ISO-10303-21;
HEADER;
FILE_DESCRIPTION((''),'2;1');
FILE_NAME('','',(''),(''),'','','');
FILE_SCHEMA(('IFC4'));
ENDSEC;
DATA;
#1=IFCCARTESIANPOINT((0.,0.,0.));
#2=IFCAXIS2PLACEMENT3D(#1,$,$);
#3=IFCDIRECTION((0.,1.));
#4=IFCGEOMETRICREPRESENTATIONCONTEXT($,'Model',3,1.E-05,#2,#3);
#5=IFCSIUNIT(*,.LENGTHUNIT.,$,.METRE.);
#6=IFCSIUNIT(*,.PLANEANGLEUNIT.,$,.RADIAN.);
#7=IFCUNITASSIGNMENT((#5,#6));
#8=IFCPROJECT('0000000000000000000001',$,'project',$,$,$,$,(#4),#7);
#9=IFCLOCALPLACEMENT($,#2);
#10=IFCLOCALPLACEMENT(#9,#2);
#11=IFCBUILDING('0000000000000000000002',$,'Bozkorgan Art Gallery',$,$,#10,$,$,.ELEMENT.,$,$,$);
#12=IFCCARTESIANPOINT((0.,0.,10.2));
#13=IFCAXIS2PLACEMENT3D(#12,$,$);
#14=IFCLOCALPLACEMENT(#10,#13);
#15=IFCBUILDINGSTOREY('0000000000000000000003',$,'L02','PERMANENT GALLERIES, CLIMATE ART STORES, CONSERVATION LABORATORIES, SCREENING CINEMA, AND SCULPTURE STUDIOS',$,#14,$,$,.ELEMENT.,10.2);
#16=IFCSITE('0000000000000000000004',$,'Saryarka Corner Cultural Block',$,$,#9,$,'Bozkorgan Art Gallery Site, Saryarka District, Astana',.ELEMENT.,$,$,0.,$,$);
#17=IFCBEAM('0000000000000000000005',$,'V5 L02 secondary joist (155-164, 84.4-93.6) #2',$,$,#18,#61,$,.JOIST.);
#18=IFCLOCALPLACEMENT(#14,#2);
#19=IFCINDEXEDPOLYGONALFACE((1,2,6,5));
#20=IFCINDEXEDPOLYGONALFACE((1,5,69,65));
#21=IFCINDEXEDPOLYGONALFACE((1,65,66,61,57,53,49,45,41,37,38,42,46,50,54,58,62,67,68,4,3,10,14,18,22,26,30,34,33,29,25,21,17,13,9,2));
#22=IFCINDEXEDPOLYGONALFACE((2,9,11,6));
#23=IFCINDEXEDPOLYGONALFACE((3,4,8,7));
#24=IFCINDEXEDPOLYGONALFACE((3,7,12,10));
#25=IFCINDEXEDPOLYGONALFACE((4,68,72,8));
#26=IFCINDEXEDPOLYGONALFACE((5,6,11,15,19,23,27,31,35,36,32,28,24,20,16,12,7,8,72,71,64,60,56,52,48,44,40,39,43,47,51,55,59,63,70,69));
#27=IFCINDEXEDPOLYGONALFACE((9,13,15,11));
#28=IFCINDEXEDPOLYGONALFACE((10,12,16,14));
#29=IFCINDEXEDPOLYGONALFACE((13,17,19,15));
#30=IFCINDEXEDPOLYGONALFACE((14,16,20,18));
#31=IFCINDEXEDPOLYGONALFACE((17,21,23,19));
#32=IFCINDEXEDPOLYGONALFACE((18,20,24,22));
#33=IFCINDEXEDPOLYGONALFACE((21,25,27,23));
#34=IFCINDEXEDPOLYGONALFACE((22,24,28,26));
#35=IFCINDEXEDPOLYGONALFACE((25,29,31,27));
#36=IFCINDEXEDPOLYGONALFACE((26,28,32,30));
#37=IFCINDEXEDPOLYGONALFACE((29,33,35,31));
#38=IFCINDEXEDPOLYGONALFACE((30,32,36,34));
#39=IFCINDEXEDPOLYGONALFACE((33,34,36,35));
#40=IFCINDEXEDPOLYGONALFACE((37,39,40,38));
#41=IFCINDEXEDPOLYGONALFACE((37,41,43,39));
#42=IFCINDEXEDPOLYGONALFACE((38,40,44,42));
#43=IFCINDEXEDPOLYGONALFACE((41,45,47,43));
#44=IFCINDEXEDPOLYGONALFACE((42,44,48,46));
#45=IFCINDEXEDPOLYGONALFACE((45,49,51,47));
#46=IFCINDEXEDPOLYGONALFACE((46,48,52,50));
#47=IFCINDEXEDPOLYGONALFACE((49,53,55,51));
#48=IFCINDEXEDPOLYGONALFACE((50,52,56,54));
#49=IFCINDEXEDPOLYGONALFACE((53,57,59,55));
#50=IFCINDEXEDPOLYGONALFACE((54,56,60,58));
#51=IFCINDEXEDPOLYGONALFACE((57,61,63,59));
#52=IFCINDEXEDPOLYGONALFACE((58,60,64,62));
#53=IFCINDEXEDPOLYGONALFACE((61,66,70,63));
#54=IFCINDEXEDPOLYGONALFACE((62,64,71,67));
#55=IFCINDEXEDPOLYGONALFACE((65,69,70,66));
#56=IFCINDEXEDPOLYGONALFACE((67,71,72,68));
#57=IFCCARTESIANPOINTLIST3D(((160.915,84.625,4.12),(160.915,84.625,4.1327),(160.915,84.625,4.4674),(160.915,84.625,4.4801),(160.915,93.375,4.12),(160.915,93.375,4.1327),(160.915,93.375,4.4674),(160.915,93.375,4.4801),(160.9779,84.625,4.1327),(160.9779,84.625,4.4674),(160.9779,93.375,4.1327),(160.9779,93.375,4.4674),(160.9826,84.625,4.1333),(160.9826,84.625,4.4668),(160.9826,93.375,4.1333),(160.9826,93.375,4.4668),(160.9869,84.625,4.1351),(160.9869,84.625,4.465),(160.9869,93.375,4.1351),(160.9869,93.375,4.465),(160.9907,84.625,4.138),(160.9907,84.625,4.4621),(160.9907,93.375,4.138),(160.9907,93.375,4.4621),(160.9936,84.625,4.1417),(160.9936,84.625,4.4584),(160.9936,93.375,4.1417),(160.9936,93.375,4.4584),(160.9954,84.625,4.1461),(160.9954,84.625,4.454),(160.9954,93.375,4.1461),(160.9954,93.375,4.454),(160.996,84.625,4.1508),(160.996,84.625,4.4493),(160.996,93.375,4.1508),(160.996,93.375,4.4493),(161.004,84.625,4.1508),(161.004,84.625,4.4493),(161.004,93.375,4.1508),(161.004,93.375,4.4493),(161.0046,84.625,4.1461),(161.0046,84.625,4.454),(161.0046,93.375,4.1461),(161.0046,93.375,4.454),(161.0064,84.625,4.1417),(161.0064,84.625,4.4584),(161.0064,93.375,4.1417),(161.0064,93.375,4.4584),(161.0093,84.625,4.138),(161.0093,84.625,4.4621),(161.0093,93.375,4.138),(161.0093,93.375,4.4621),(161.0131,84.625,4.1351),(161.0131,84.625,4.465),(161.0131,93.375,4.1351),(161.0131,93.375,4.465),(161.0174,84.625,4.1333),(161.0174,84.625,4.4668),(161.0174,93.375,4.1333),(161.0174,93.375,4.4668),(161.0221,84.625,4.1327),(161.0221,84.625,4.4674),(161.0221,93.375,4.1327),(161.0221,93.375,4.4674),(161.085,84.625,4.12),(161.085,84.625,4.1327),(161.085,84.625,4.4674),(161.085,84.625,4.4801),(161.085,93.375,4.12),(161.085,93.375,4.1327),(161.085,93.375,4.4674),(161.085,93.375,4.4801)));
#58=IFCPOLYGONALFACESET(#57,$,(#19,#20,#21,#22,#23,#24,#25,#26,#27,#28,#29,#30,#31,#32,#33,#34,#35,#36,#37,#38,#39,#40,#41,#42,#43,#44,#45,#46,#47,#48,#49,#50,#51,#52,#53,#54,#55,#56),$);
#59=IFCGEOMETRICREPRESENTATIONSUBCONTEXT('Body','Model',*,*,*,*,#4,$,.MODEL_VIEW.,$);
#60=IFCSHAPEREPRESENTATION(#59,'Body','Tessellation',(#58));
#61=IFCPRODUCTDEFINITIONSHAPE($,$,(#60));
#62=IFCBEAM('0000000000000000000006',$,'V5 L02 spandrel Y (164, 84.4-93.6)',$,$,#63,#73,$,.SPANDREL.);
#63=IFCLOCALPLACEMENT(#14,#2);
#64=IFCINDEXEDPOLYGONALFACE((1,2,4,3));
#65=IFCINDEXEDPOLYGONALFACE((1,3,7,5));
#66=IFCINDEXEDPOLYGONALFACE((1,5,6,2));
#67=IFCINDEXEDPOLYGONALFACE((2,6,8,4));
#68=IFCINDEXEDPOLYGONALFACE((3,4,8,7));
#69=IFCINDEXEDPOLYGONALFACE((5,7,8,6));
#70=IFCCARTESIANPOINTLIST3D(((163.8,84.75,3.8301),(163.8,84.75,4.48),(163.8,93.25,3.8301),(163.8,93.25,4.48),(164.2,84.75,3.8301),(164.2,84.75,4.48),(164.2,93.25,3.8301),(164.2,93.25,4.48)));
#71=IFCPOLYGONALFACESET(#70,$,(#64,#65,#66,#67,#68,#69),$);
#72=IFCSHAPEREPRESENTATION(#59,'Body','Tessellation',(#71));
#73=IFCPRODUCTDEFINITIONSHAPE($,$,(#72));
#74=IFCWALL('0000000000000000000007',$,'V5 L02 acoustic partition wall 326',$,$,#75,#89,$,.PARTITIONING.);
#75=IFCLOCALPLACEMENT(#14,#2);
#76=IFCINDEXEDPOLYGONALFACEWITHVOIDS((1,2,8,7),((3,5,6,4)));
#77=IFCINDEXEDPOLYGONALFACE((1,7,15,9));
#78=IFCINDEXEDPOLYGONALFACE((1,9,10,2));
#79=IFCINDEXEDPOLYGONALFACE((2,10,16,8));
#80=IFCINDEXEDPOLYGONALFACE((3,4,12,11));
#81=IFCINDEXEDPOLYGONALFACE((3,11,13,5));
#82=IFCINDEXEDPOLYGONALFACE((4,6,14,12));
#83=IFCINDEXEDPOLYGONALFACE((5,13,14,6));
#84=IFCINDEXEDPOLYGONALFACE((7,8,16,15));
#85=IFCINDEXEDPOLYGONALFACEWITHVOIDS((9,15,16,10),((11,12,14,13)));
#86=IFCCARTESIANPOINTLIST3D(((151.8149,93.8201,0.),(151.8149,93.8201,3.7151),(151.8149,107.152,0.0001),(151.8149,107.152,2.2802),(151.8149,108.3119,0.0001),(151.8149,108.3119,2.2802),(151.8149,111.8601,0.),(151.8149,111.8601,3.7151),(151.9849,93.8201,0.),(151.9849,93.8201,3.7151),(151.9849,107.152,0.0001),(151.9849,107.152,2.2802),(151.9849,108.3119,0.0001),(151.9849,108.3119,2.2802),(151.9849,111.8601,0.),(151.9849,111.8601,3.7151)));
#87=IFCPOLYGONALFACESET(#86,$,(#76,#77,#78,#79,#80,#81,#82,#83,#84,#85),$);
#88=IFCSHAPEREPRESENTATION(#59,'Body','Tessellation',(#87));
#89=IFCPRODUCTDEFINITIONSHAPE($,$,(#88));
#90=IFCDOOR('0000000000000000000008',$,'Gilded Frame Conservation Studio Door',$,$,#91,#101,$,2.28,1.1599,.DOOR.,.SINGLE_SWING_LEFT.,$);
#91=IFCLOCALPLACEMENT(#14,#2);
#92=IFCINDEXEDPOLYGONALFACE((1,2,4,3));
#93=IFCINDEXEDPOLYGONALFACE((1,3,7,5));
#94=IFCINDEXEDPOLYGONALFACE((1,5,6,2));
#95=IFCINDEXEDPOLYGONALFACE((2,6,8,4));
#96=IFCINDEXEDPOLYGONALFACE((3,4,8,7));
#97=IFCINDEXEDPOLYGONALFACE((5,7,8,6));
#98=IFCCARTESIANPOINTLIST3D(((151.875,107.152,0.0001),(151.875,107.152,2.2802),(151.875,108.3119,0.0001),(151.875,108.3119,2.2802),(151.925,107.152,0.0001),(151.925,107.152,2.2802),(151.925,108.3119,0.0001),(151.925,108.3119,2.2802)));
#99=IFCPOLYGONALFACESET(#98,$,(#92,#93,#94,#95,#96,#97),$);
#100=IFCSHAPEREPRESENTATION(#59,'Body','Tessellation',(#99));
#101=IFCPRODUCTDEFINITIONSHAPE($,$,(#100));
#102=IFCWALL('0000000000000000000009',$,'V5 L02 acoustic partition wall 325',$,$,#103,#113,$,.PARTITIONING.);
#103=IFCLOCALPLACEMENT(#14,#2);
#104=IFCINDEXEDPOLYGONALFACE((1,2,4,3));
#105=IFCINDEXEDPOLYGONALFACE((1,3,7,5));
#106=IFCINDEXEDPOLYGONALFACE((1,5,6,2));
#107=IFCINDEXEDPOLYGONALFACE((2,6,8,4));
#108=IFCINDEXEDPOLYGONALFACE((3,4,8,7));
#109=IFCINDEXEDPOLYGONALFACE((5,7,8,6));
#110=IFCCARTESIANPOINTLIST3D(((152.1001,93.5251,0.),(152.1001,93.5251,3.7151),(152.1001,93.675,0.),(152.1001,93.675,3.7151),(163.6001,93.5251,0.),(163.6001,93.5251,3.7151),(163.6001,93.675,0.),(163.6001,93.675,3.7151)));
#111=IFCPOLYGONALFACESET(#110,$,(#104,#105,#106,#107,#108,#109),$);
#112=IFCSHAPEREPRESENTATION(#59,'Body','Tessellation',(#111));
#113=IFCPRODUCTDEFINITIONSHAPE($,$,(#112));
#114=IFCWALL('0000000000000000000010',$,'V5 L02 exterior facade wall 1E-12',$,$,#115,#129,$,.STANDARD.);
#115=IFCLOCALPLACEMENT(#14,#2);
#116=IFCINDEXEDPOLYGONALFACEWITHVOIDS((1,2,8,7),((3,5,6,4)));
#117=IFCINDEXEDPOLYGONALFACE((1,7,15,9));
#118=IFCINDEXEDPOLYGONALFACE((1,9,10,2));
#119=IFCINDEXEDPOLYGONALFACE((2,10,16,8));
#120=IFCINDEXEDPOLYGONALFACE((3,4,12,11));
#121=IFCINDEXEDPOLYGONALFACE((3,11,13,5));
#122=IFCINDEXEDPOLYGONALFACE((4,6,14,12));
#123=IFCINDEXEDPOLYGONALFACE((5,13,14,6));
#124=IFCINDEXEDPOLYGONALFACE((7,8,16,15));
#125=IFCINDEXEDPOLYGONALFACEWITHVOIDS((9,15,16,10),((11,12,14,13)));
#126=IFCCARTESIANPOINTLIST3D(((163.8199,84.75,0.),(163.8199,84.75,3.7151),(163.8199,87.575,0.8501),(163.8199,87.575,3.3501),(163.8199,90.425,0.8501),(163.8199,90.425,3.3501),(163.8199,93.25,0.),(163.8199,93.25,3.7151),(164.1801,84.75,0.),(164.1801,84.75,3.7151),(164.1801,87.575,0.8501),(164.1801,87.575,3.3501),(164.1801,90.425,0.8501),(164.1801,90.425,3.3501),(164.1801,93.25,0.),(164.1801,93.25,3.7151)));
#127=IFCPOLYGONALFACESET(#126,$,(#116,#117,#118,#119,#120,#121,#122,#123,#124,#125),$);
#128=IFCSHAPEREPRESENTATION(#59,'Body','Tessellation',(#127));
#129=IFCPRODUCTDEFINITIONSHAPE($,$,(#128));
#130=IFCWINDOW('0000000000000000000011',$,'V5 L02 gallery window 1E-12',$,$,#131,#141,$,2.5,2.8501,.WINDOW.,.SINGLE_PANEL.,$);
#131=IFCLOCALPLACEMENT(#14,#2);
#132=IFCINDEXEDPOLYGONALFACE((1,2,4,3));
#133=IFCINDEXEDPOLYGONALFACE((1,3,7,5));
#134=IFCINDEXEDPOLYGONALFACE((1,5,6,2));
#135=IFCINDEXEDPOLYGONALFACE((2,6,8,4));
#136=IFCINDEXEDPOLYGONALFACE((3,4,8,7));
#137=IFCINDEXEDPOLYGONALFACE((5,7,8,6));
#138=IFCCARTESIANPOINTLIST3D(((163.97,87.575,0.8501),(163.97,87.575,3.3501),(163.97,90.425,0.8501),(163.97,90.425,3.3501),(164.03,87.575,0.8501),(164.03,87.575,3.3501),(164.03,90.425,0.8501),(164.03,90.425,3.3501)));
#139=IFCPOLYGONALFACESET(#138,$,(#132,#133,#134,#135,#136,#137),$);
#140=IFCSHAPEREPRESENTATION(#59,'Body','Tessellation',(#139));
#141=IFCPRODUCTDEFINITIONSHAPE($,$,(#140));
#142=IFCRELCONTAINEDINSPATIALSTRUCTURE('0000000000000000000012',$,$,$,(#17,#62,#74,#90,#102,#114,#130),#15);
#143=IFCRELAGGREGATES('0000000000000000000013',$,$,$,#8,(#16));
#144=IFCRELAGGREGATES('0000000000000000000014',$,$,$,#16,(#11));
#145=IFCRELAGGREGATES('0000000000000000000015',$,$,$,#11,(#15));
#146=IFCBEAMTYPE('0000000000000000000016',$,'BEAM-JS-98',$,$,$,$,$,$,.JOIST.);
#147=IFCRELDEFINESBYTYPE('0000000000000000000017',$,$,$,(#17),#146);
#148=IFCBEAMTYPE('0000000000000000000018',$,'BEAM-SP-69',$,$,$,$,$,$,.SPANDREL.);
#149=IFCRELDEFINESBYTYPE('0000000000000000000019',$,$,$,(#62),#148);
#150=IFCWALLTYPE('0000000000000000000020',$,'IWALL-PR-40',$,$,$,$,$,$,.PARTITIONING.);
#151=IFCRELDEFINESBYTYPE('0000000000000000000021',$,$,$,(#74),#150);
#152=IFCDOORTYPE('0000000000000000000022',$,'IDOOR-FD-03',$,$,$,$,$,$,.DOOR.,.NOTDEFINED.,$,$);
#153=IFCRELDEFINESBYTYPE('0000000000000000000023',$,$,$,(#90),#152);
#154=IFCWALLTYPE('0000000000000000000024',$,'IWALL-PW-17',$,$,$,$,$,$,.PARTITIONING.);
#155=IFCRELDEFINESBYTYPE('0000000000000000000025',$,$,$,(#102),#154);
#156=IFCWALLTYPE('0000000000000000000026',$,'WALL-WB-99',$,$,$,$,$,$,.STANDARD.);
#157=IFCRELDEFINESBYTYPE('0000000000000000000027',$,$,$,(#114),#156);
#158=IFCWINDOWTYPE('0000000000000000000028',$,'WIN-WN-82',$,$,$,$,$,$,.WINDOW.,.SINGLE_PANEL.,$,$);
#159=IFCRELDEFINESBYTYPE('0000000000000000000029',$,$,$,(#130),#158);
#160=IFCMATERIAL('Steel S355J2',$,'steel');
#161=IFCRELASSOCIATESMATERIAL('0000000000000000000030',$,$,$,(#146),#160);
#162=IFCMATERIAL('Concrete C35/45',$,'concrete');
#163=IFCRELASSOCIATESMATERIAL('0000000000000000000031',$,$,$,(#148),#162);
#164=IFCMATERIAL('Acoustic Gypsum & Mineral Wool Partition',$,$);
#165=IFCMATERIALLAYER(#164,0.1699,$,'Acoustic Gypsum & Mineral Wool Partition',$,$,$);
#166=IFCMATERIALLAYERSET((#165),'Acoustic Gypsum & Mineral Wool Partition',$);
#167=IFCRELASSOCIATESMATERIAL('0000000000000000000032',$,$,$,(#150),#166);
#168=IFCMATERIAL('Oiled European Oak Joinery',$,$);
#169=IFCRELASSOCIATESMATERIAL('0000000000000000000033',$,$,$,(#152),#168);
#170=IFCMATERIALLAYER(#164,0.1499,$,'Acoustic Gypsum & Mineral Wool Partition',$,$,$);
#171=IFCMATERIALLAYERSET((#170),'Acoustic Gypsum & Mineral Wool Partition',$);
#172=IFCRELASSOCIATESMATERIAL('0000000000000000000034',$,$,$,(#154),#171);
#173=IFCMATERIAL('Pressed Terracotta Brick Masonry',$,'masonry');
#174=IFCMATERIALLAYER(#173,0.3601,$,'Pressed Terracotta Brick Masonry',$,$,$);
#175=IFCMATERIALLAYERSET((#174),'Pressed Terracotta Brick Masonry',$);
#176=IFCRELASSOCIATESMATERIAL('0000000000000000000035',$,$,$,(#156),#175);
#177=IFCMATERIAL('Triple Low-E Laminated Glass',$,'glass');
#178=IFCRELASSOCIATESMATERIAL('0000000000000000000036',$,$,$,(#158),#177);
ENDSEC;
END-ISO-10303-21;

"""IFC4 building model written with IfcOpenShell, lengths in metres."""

from ifc_helpers import new_model, si_unit, direction, frame, frame_2d, origin, origin_2d, place, context, subcontext, project, spatial, rectangle, i_section, extrude, material, layer, layer_set, material_profile, profile_set, type_object, element, fill, save


model = new_model("IFC4")

# Units and contexts
model_context = context("Model", 3, precision=1e-05, world=origin(), true_north=direction((0.0, 1.0)))
body_context = subcontext(model_context, "Body", "Model", "MODEL_VIEW")
ifc_project = project(units=[si_unit("LENGTHUNIT", "METRE"), si_unit("PLANEANGLEUNIT", "RADIAN")], contexts=[model_context])

# Site, building, storey
site_placement = place(None, origin())
site = spatial("IfcSite", under=ifc_project, at=site_placement, Name="Saryarka Corner Cultural Block", LongName="Bozkorgan Art Gallery Site, Saryarka District, Astana", CompositionType="ELEMENT", RefElevation=0.0)
building_placement = place(site_placement, origin())
building = spatial("IfcBuilding", under=site, at=building_placement, Name="Bozkorgan Art Gallery", CompositionType="ELEMENT")
storey_placement = place(building_placement, frame((0.0, 0.0, 10.2)))
storey = spatial("IfcBuildingStorey", under=building, at=storey_placement, Name="L02", Description="PERMANENT GALLERIES, CLIMATE ART STORES, CONSERVATION LABORATORIES, SCREENING CINEMA, AND SCULPTURE STUDIOS", CompositionType="ELEMENT", Elevation=10.2)

# Beams
ifc_material_1 = material(Name="Concrete C35/45", Category="concrete")
ifc_material_2 = material(Name="Steel S355J2", Category="steel")
ifc_material_profile_1 = material_profile(ifc_material_2, i_section(OverallWidth=0.1699, OverallDepth=0.3601, WebThickness=0.0081, FlangeThickness=0.0127, FilletRadius=0.0181, at=origin_2d()), Name="IPE 360")
ifc_profile_set_1 = profile_set([ifc_material_profile_1], Name="Steel S355J2")
beam_type_1 = type_object("IfcBeamType", Name="BEAM-JS-98", PredefinedType="JOIST", material=ifc_profile_set_1)
for number, where, z_axis, x_axis, name in (
    (1, (161.0, 84.625, 4.3), (0.0, 1.0, 0.0), (-1.0, 0.0, 0.0), "V5 L02 secondary joist (155-164, 84.4-93.6) #2"),
):
    element("IfcBeam", number, at=place(storey_placement, frame(where, z_axis=z_axis, x_axis=x_axis)), inside=storey, type_object=beam_type_1, Name=name, PredefinedType="JOIST", context=body_context, shape_type="SweptSolid", body=[
        extrude(i_section(OverallWidth=0.1699, OverallDepth=0.3601, WebThickness=0.0081, FlangeThickness=0.0127, FilletRadius=0.0181, at=origin_2d()), origin(), (0.0, 0.0, 1.0), 8.75),
    ])
ifc_material_profile_2 = material_profile(ifc_material_1, rectangle(XDim=0.3999, YDim=0.6499, at=origin_2d()), Name="RC 400x650")
ifc_profile_set_2 = profile_set([ifc_material_profile_2], Name="Concrete C35/45")
beam_type_2 = type_object("IfcBeamType", Name="BEAM-SP-69", PredefinedType="SPANDREL", material=ifc_profile_set_2)
beam_1_placement = place(storey_placement, frame((164.0, 84.75, 4.155), z_axis=(0.0, 1.0, 0.0), x_axis=(-1.0, 0.0, 0.0)))
element("IfcBeam", 2, at=beam_1_placement, inside=storey, type_object=beam_type_2, Name="V5 L02 spandrel Y (164, 84.4-93.6)", PredefinedType="SPANDREL", context=body_context, shape_type="SweptSolid", body=[
    extrude(rectangle(XDim=0.3999, YDim=0.6499, at=origin_2d()), origin(), (0.0, 0.0, 1.0), 8.5),
])

# Wall, opening, door
ifc_material_3 = material(Name="Acoustic Gypsum & Mineral Wool Partition")
ifc_layer_1 = layer(ifc_material_3, 0.1699, Name="Acoustic Gypsum & Mineral Wool Partition")
ifc_layer_set_1 = layer_set([ifc_layer_1], Name="Acoustic Gypsum & Mineral Wool Partition")
wall_type_1 = type_object("IfcWallType", Name="IWALL-PR-40", PredefinedType="PARTITIONING", material=ifc_layer_set_1)
wall_1_placement = place(storey_placement, frame((151.8999, 93.8201, 0.0), z_axis=(0.0, 0.0, 1.0), x_axis=(0.0, 1.0, 0.0)))
wall_1 = element("IfcWall", 3, at=wall_1_placement, inside=storey, type_object=wall_type_1, Name="V5 L02 acoustic partition wall 326", PredefinedType="PARTITIONING", context=body_context, shape_type="SweptSolid", body=[
    extrude(rectangle(XDim=18.04, YDim=0.1699, at=frame_2d((9.02, 0.0))), origin(), (0.0, 0.0, 1.0), 3.7151),
])
opening_1_placement = place(wall_1_placement, frame((13.3318, 0.0, 0.0)))
opening_1 = element("IfcOpeningElement", 4, at=opening_1_placement, cuts=wall_1, PredefinedType="OPENING", context=body_context, shape_type="SweptSolid", body=[
    extrude(rectangle(XDim=1.1599, YDim=2.28, at=frame_2d((0.5801, 1.1401))), frame((0.0, 0.095, 0.0), z_axis=(0.0, -1.0, 0.0), x_axis=(1.0, 0.0, 0.0)), (0.0, 0.0, 1.0), 0.1899),
])
ifc_material_4 = material(Name="Oiled European Oak Joinery")
door_type = type_object("IfcDoorType", Name="IDOOR-FD-03", OperationType="NOTDEFINED", PredefinedType="DOOR", material=ifc_material_4)
door_placement = place(opening_1_placement, origin())
door = element("IfcDoor", 5, at=door_placement, inside=storey, type_object=door_type, Name="Gilded Frame Conservation Studio Door", OperationType="SINGLE_SWING_LEFT", OverallHeight=2.28, OverallWidth=1.1599, PredefinedType="DOOR", context=body_context, shape_type="SweptSolid", body=[
    extrude(rectangle(XDim=1.1599, YDim=2.28, at=frame_2d((0.5801, 1.1401))), frame((0.0, 0.0249, 0.0), z_axis=(0.0, -1.0, 0.0), x_axis=(1.0, 0.0, 0.0)), (0.0, 0.0, 1.0), 0.05),
])
fill(opening_1, door)

# Wall
ifc_layer_2 = layer(ifc_material_3, 0.1499, Name="Acoustic Gypsum & Mineral Wool Partition")
ifc_layer_set_2 = layer_set([ifc_layer_2], Name="Acoustic Gypsum & Mineral Wool Partition")
wall_type_2 = type_object("IfcWallType", Name="IWALL-PW-17", PredefinedType="PARTITIONING", material=ifc_layer_set_2)
wall_2_placement = place(storey_placement, frame((152.1001, 93.6001, 0.0), z_axis=(0.0, 0.0, 1.0), x_axis=(1.0, 0.0, 0.0)))
element("IfcWall", 6, at=wall_2_placement, inside=storey, type_object=wall_type_2, Name="V5 L02 acoustic partition wall 325", PredefinedType="PARTITIONING", context=body_context, shape_type="SweptSolid", body=[
    extrude(rectangle(XDim=11.5, YDim=0.1499, at=frame_2d((5.75, 0.0))), origin(), (0.0, 0.0, 1.0), 3.7151),
])

# Wall, opening, window
ifc_material_5 = material(Name="Pressed Terracotta Brick Masonry", Category="masonry")
ifc_layer_3 = layer(ifc_material_5, 0.3601, Name="Pressed Terracotta Brick Masonry")
ifc_layer_set_3 = layer_set([ifc_layer_3], Name="Pressed Terracotta Brick Masonry")
wall_type_3 = type_object("IfcWallType", Name="WALL-WB-99", PredefinedType="STANDARD", material=ifc_layer_set_3)
wall_3_placement = place(storey_placement, frame((164.0, 84.75, 0.0), z_axis=(0.0, 0.0, 1.0), x_axis=(0.0, 1.0, 0.0)))
wall_3 = element("IfcWall", 7, at=wall_3_placement, inside=storey, type_object=wall_type_3, Name="V5 L02 exterior facade wall 1E-12", PredefinedType="STANDARD", context=body_context, shape_type="SweptSolid", body=[
    extrude(rectangle(XDim=8.5, YDim=0.3601, at=frame_2d((4.25, 0.0))), origin(), (0.0, 0.0, 1.0), 3.7151),
])
opening_2_placement = place(wall_3_placement, frame((5.675, 0.0, 0.8501), z_axis=(0.0, 0.0, 1.0), x_axis=(-1.0, 0.0, 0.0)))
opening_2 = element("IfcOpeningElement", 8, at=opening_2_placement, cuts=wall_3, PredefinedType="OPENING", context=body_context, shape_type="SweptSolid", body=[
    extrude(rectangle(XDim=2.8501, YDim=2.5, at=frame_2d((1.425, 1.25))), frame((0.0, 0.1899, 0.0), z_axis=(0.0, -1.0, 0.0), x_axis=(1.0, 0.0, 0.0)), (0.0, 0.0, 1.0), 0.3801),
])
ifc_material_6 = material(Name="Triple Low-E Laminated Glass", Category="glass")
window_type = type_object("IfcWindowType", Name="WIN-WN-82", PartitioningType="SINGLE_PANEL", PredefinedType="WINDOW", material=ifc_material_6)
window_placement = place(opening_2_placement, origin())
window = element("IfcWindow", 9, at=window_placement, inside=storey, type_object=window_type, Name="V5 L02 gallery window 1E-12", OverallHeight=2.5, OverallWidth=2.8501, PartitioningType="SINGLE_PANEL", PredefinedType="WINDOW", context=body_context, shape_type="SweptSolid", body=[
    extrude(rectangle(XDim=2.8501, YDim=2.5, at=frame_2d((1.425, 1.25))), frame((0.0, 0.03, 0.0), z_axis=(0.0, -1.0, 0.0), x_axis=(1.0, 0.0, 0.0)), (0.0, 0.0, 1.0), 0.0601),
])
fill(opening_2, window)

save(model, "model.ifc")
